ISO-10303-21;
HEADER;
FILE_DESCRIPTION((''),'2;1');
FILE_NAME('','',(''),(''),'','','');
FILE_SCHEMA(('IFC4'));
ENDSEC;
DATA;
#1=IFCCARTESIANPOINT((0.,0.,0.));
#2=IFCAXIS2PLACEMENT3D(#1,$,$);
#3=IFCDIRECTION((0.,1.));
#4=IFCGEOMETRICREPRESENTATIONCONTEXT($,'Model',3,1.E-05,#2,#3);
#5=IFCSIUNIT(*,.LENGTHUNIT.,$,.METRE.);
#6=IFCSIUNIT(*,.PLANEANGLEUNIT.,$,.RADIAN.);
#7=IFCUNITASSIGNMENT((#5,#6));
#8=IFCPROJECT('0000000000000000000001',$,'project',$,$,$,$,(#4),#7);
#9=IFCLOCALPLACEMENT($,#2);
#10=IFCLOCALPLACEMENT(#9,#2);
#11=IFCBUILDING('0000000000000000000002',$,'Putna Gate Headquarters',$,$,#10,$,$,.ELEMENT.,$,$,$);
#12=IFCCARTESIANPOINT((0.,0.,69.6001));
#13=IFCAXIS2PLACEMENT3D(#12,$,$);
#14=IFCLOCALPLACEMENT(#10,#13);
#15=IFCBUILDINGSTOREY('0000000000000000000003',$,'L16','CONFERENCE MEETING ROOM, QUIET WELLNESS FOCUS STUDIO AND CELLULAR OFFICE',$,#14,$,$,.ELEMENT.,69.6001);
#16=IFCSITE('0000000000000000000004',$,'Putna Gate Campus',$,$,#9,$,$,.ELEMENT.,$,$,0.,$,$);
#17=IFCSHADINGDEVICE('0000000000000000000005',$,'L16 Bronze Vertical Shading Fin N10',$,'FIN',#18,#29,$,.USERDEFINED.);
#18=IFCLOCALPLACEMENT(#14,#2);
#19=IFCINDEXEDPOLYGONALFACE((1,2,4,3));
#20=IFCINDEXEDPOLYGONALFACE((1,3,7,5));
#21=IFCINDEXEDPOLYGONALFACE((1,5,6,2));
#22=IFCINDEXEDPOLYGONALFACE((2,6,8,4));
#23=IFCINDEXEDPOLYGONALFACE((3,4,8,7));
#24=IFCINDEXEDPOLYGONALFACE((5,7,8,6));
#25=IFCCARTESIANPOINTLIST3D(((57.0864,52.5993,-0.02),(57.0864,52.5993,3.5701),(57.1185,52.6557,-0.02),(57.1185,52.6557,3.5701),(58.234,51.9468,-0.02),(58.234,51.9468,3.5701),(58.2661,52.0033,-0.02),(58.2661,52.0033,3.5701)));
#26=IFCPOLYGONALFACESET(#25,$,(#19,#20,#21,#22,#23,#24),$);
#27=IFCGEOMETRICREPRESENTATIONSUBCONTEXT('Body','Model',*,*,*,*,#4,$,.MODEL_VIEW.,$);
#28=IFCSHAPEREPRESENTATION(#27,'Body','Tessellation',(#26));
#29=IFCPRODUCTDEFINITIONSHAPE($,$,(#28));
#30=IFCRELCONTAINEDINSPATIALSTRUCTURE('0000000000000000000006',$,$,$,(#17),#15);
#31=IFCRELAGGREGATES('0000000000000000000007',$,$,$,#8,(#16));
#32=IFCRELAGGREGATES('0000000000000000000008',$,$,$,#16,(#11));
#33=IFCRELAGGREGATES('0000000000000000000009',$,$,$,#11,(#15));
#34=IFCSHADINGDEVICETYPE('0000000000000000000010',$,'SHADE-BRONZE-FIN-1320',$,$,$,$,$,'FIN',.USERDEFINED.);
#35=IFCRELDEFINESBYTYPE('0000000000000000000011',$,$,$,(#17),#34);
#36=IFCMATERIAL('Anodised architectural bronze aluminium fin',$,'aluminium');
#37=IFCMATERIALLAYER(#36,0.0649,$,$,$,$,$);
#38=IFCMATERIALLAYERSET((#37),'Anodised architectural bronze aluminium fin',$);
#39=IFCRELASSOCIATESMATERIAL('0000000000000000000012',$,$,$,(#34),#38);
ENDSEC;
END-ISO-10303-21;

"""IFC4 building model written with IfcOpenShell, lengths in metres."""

from ifc_helpers import new_model, si_unit, direction, frame, origin, origin_2d, place, context, subcontext, project, spatial, rectangle, extrude, material, layer, layer_set, type_object, element, save


model = new_model("IFC4")

# Units and contexts
model_context = context("Model", 3, precision=1e-05, world=origin(), true_north=direction((0.0, 1.0)))
body_context = subcontext(model_context, "Body", "Model", "MODEL_VIEW")
ifc_project = project(units=[si_unit("LENGTHUNIT", "METRE"), si_unit("PLANEANGLEUNIT", "RADIAN")], contexts=[model_context])

# Site, building, storey
site_placement = place(None, origin())
site = spatial("IfcSite", under=ifc_project, at=site_placement, Name="Putna Gate Campus", CompositionType="ELEMENT", RefElevation=0.0)
building_placement = place(site_placement, origin())
building = spatial("IfcBuilding", under=site, at=building_placement, Name="Putna Gate Headquarters", CompositionType="ELEMENT")
storey_placement = place(building_placement, frame((0.0, 0.0, 69.6001)))
storey = spatial("IfcBuildingStorey", under=building, at=storey_placement, Name="L16", Description="CONFERENCE MEETING ROOM, QUIET WELLNESS FOCUS STUDIO AND CELLULAR OFFICE", CompositionType="ELEMENT", Elevation=69.6001)

# Shading device
ifc_material_1 = material(Name="Anodised architectural bronze aluminium fin", Category="aluminium")
ifc_layer_1 = layer(ifc_material_1, 0.0649)
ifc_layer_set_1 = layer_set([ifc_layer_1], Name="Anodised architectural bronze aluminium fin")
shading_device_type = type_object("IfcShadingDeviceType", Name="SHADE-BRONZE-FIN-1320", ElementType="FIN", PredefinedType="USERDEFINED", material=ifc_layer_set_1)
for number, where, z_axis, x_axis, name in (
    (1, (57.6763, 52.3013, -0.02), (0.0, 0.0, 1.0), (-0.869322, 0.494245, 0.0), "L16 Bronze Vertical Shading Fin N10"),
):
    element("IfcShadingDevice", number, at=place(storey_placement, frame(where, z_axis=z_axis, x_axis=x_axis)), inside=storey, type_object=shading_device_type, Name=name, ObjectType="FIN", PredefinedType="USERDEFINED", context=body_context, shape_type="SweptSolid", body=[
        extrude(rectangle(XDim=1.3201, YDim=0.0649, at=origin_2d()), origin(), (0.0, 0.0, 1.0), 3.5901),
    ])

save(model, "model.ifc")
